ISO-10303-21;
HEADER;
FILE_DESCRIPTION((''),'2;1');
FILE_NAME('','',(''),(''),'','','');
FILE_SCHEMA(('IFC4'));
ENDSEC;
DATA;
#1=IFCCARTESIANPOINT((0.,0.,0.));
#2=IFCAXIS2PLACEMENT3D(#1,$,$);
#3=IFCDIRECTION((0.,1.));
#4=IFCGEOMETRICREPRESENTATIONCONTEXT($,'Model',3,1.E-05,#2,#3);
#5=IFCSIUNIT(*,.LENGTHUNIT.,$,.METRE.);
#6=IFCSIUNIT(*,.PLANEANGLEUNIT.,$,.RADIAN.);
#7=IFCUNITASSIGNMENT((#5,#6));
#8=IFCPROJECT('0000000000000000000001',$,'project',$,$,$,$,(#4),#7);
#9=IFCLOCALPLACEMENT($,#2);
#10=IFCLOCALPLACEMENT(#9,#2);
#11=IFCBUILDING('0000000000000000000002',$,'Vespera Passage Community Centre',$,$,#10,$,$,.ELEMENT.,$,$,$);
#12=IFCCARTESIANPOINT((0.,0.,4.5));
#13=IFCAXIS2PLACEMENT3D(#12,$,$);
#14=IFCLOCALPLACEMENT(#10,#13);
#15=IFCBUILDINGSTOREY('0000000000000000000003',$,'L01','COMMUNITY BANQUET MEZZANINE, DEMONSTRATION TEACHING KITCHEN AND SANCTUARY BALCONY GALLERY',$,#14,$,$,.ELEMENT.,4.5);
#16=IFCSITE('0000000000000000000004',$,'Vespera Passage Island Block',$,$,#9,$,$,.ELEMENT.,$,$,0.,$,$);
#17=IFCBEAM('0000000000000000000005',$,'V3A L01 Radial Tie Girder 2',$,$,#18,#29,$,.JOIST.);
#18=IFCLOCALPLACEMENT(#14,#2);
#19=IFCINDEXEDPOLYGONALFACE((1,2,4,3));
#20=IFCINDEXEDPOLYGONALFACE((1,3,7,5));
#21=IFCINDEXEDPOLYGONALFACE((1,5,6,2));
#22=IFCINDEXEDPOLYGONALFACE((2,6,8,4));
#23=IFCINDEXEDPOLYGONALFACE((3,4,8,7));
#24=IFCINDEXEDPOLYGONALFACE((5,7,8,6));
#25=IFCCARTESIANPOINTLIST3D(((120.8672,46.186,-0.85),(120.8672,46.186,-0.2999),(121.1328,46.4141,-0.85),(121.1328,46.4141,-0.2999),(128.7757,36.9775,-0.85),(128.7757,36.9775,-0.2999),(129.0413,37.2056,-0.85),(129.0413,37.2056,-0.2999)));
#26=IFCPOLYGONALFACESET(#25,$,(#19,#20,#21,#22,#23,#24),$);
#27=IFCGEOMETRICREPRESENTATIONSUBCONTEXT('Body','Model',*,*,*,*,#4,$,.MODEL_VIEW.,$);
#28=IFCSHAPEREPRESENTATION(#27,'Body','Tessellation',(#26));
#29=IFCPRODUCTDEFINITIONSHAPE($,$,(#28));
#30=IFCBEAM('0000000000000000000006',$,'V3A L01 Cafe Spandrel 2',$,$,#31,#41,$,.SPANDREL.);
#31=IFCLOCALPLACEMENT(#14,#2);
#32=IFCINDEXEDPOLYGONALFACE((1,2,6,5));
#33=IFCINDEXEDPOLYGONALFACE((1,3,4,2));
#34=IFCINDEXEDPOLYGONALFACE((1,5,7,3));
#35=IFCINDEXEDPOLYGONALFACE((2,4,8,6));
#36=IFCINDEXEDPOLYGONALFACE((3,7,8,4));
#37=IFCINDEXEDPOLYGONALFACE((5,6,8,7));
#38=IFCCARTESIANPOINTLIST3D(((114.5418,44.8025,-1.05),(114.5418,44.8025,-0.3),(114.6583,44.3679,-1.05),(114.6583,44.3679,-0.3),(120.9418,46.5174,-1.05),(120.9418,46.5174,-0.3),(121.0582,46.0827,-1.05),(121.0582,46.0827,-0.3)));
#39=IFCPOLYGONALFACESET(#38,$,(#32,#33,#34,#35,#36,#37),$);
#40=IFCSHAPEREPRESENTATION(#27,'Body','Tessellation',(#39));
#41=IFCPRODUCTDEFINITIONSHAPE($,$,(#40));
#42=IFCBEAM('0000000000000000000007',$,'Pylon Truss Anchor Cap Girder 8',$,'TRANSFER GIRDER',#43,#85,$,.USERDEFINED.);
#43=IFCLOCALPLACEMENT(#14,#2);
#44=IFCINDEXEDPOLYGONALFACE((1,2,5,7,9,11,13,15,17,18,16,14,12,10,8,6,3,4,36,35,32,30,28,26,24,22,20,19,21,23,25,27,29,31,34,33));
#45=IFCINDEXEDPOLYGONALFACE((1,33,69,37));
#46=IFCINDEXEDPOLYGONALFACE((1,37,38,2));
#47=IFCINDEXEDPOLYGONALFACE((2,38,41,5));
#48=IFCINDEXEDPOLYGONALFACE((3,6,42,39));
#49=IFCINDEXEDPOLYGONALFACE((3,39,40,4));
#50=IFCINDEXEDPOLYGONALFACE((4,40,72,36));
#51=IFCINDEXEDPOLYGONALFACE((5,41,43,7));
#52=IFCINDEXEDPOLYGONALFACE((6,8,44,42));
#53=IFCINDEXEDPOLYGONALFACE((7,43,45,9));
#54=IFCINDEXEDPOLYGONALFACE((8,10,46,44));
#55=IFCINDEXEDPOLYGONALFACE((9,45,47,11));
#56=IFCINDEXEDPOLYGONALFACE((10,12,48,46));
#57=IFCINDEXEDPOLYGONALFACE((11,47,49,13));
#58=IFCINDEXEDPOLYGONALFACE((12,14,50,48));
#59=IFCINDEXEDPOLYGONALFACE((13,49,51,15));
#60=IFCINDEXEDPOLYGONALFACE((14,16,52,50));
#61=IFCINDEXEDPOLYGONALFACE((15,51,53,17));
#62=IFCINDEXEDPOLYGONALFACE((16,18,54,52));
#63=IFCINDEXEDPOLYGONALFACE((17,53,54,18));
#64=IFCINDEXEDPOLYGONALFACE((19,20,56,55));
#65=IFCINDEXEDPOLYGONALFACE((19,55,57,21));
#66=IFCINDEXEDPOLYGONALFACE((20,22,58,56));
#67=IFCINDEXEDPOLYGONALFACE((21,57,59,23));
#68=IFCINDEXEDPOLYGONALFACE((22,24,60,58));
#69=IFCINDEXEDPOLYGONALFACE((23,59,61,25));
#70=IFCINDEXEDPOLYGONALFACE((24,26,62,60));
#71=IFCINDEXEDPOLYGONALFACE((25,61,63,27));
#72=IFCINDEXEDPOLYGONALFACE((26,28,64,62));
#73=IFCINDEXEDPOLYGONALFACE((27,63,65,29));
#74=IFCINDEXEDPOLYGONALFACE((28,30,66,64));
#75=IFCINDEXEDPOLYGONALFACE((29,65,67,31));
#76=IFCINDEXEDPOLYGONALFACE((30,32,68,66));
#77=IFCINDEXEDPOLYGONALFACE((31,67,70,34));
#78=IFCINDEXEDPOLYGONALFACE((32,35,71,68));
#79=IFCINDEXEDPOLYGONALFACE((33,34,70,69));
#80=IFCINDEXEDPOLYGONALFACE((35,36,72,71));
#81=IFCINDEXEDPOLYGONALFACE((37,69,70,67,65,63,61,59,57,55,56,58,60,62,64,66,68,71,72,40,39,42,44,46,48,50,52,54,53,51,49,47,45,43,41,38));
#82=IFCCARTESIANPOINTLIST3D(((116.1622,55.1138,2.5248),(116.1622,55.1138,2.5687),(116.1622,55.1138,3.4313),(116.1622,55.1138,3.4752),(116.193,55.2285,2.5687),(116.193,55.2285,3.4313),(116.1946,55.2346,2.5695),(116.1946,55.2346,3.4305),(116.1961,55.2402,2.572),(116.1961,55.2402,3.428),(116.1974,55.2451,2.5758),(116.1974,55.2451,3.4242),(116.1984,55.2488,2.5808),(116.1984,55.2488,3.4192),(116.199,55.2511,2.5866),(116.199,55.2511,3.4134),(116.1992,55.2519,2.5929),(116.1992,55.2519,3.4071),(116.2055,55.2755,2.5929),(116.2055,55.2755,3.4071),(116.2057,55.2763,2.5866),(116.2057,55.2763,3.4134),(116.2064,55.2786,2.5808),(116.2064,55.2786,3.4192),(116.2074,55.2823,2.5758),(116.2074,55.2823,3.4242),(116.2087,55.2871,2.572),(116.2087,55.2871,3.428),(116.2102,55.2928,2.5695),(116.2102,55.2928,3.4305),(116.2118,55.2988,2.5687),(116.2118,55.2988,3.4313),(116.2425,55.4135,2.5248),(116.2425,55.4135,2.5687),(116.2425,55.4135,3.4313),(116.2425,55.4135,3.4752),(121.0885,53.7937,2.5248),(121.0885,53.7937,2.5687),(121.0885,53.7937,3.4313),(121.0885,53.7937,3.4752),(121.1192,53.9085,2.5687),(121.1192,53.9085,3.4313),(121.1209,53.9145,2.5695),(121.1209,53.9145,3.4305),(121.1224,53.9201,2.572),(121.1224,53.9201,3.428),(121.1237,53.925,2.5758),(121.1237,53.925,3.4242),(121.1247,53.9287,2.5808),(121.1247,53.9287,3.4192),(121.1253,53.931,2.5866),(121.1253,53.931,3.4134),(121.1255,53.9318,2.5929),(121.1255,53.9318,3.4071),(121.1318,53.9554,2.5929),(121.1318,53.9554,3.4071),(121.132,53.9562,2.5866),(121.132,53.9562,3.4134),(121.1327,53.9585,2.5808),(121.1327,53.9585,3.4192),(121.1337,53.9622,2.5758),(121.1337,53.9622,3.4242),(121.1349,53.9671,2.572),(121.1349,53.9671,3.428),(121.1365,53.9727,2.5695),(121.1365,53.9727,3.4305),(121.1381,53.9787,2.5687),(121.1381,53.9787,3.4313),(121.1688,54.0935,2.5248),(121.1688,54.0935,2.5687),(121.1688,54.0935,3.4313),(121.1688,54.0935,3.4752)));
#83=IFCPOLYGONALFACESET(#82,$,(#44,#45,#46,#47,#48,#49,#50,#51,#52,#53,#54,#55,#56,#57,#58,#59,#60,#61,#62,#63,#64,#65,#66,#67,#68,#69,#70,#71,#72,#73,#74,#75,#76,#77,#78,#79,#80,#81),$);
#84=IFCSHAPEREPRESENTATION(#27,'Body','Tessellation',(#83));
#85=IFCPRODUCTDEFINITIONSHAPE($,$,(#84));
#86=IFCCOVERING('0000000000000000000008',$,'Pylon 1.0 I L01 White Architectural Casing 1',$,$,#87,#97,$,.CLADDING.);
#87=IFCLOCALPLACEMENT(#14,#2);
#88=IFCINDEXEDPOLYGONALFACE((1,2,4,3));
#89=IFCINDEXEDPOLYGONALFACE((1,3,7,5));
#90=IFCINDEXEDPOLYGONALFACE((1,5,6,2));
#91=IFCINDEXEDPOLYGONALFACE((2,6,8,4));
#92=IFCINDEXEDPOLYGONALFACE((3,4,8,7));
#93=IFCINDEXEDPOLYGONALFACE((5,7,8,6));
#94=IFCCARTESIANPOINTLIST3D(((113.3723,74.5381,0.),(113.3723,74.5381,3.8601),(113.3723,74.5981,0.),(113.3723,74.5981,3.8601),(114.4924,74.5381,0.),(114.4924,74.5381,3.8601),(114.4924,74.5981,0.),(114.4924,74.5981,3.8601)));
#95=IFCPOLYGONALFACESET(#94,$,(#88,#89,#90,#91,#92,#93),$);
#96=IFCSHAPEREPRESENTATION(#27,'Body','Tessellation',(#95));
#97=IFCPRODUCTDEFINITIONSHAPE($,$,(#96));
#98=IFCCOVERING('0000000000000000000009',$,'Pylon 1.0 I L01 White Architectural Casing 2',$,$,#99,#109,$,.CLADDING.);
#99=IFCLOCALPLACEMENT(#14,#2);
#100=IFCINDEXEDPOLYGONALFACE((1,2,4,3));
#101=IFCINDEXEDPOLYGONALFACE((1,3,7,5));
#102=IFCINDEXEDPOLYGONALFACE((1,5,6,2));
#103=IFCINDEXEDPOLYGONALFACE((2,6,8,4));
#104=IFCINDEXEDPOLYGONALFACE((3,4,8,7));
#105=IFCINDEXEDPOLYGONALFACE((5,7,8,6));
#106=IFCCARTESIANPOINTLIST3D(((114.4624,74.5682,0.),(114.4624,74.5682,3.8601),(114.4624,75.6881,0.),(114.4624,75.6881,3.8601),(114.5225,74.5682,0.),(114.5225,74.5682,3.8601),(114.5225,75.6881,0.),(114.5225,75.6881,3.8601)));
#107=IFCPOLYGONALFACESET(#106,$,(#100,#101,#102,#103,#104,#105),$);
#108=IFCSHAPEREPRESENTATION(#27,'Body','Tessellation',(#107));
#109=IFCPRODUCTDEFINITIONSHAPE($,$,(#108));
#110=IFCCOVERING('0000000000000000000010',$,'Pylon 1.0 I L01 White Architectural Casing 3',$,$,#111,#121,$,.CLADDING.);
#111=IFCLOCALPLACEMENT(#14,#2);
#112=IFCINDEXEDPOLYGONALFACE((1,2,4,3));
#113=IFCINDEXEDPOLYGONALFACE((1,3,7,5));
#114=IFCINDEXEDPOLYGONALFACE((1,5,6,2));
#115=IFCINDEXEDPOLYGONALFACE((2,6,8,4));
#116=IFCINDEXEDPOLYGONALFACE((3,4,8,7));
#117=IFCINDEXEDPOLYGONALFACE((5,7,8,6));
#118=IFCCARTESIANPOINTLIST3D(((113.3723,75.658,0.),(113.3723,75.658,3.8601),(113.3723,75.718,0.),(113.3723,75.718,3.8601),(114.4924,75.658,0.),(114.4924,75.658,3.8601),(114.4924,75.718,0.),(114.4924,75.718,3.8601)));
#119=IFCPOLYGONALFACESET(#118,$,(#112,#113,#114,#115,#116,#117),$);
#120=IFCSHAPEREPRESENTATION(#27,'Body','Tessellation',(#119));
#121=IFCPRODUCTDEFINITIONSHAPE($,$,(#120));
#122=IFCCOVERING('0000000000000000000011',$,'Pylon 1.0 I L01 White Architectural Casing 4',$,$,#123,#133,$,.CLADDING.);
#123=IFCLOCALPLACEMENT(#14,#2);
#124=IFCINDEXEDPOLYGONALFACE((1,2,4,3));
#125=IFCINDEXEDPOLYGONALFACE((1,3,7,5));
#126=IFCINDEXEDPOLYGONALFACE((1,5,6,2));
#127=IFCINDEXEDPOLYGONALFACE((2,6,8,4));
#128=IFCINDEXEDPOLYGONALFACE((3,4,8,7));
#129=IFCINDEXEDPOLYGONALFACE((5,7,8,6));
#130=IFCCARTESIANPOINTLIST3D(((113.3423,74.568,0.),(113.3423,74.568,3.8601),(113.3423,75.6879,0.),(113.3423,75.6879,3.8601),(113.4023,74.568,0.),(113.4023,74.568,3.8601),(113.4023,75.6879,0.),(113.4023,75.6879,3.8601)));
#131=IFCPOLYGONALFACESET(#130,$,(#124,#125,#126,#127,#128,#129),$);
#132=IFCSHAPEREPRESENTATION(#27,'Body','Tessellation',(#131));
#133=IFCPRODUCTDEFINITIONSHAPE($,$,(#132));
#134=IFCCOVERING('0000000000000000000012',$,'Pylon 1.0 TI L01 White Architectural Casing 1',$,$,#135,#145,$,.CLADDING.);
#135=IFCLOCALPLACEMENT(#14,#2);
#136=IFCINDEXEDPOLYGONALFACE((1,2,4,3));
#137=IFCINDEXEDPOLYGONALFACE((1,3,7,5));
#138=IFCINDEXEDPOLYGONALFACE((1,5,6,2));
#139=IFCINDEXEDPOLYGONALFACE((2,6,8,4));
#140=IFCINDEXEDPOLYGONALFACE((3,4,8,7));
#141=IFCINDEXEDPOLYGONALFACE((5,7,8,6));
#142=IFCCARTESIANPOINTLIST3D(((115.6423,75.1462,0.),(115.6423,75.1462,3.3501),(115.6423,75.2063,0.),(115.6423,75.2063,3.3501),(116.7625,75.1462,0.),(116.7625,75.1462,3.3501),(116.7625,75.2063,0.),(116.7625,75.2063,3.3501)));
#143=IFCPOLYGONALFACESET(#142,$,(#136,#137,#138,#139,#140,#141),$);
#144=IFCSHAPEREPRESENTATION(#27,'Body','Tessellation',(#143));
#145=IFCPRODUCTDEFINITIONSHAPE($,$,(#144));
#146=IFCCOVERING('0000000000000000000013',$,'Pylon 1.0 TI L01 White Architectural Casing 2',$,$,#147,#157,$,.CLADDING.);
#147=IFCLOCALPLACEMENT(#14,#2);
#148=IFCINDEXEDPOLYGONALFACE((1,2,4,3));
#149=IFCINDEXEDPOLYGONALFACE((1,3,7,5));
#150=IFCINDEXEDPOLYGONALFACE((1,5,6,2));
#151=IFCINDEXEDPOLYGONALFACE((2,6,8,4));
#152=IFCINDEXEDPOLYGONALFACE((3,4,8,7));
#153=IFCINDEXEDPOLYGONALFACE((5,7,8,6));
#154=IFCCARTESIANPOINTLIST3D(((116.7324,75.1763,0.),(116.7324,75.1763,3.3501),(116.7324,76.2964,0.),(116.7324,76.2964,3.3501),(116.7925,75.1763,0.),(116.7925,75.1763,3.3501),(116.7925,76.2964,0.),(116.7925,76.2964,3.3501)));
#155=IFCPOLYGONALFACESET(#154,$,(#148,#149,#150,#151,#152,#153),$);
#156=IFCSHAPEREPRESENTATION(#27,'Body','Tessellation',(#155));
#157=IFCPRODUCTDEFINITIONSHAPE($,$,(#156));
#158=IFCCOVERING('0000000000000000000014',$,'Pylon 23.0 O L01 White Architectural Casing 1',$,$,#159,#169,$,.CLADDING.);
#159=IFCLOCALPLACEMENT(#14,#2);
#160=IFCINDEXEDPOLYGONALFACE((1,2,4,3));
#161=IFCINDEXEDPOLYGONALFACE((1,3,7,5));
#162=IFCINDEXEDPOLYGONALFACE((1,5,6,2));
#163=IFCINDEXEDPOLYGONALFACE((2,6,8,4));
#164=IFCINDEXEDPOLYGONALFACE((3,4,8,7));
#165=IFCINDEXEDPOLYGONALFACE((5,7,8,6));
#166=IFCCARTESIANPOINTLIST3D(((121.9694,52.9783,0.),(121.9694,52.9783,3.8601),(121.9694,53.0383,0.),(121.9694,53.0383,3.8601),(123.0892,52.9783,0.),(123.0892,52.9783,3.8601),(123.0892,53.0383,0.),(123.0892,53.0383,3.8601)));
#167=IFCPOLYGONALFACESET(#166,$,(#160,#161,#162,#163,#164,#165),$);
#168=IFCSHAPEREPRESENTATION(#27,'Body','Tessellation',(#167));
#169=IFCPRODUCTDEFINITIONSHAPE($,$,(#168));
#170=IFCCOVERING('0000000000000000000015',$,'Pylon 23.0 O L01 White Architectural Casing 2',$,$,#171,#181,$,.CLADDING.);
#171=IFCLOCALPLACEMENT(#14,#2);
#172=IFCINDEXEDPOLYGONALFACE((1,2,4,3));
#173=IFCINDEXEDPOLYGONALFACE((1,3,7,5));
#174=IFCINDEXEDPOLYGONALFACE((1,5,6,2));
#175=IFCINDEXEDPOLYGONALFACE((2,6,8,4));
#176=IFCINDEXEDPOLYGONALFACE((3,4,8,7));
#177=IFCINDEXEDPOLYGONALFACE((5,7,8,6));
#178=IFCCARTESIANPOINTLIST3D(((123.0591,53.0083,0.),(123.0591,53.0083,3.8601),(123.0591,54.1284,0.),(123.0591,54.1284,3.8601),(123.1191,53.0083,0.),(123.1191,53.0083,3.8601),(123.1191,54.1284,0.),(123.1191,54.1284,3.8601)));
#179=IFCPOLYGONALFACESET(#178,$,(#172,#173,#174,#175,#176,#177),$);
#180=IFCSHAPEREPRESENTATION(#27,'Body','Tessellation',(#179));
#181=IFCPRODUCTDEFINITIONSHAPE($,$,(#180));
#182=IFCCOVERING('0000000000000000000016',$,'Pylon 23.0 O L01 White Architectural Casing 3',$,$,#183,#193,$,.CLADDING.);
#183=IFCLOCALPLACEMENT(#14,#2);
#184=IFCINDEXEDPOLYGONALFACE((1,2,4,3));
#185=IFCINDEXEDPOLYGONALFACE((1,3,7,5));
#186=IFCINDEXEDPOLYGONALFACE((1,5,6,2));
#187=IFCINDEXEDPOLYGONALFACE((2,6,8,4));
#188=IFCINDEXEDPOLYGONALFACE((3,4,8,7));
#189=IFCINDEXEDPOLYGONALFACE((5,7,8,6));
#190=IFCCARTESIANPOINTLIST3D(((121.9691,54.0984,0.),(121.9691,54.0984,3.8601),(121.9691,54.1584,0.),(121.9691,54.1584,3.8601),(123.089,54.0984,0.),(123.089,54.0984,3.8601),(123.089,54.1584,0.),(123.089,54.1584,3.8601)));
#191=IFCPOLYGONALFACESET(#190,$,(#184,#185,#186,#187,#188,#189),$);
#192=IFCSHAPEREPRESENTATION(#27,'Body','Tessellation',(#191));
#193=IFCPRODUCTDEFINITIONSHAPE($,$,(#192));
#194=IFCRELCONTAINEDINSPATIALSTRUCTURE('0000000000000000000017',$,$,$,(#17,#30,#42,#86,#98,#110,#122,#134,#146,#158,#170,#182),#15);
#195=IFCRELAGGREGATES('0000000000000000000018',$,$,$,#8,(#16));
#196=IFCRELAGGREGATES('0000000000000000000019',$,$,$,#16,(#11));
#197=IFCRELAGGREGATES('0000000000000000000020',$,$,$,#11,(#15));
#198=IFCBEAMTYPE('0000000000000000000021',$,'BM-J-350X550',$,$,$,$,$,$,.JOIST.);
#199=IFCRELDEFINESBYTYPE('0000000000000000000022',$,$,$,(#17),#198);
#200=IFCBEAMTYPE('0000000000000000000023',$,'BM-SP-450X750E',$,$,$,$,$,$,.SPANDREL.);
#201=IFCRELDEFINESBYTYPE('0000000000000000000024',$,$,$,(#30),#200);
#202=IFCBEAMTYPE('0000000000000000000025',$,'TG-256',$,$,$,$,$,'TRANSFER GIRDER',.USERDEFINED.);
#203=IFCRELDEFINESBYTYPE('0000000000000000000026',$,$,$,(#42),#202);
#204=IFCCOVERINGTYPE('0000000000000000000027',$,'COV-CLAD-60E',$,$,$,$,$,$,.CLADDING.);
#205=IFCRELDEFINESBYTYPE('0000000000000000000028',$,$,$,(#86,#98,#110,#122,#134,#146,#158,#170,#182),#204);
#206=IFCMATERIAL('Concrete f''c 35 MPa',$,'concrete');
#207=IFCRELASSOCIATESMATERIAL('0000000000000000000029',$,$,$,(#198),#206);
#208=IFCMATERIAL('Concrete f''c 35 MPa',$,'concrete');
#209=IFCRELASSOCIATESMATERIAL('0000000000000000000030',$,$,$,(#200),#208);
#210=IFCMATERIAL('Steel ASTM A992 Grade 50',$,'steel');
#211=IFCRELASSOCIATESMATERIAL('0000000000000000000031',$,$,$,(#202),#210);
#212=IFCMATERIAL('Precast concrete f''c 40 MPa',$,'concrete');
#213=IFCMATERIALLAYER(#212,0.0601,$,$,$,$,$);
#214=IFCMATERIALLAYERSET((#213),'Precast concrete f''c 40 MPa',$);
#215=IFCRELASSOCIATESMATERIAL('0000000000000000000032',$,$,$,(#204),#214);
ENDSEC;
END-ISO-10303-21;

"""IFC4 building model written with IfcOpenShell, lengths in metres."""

from ifc_helpers import new_model, si_unit, direction, frame, frame_2d, origin, origin_2d, place, context, subcontext, project, spatial, rectangle, i_section, extrude, material, layer, layer_set, material_profile, profile_set, type_object, element, save


model = new_model("IFC4")

# Units and contexts
model_context = context("Model", 3, precision=1e-05, world=origin(), true_north=direction((0.0, 1.0)))
body_context = subcontext(model_context, "Body", "Model", "MODEL_VIEW")
ifc_project = project(units=[si_unit("LENGTHUNIT", "METRE"), si_unit("PLANEANGLEUNIT", "RADIAN")], contexts=[model_context])

# Site, building, storey
site_placement = place(None, origin())
site = spatial("IfcSite", under=ifc_project, at=site_placement, Name="Vespera Passage Island Block", CompositionType="ELEMENT", RefElevation=0.0)
building_placement = place(site_placement, origin())
building = spatial("IfcBuilding", under=site, at=building_placement, Name="Vespera Passage Community Centre", CompositionType="ELEMENT")
storey_placement = place(building_placement, frame((0.0, 0.0, 4.5)))
storey = spatial("IfcBuildingStorey", under=building, at=storey_placement, Name="L01", Description="COMMUNITY BANQUET MEZZANINE, DEMONSTRATION TEACHING KITCHEN AND SANCTUARY BALCONY GALLERY", CompositionType="ELEMENT", Elevation=4.5)

# Beams
ifc_material_1 = material(Name="Concrete f'c 35 MPa", Category="concrete")
ifc_material_profile_1 = material_profile(ifc_material_1, rectangle(XDim=0.3501, YDim=0.55, at=origin_2d()), Name="RC350X550")
ifc_profile_set_1 = profile_set([ifc_material_profile_1], Name="Concrete f'c 35 MPa")
beam_type_1 = type_object("IfcBeamType", Name="BM-J-350X550", PredefinedType="JOIST", material=ifc_profile_set_1)
beam_1_placement = place(storey_placement, frame((121.0, 46.3, -0.575), z_axis=(0.651525, -0.758627, 0.0), x_axis=(0.758627, 0.651525, 0.0)))
element("IfcBeam", 1, at=beam_1_placement, inside=storey, type_object=beam_type_1, Name="V3A L01 Radial Tie Girder 2", PredefinedType="JOIST", context=body_context, shape_type="SweptSolid", body=[
    extrude(rectangle(XDim=0.3501, YDim=0.55, at=origin_2d()), origin(), (0.0, 0.0, 1.0), 12.1384),
])
ifc_material_2 = material(Name="Concrete f'c 35 MPa", Category="concrete")
ifc_material_profile_2 = material_profile(ifc_material_2, rectangle(XDim=0.45, YDim=0.75, at=origin_2d()), Name="RC450X750")
ifc_profile_set_2 = profile_set([ifc_material_profile_2], Name="Concrete f'c 35 MPa")
beam_type_2 = type_object("IfcBeamType", Name="BM-SP-450X750E", PredefinedType="SPANDREL", material=ifc_profile_set_2)
beam_2_placement = place(storey_placement, frame((121.0, 46.3, -0.675), z_axis=(-0.965926, -0.258818, 0.0), x_axis=(0.258818, -0.965926, 0.0)))
element("IfcBeam", 2, at=beam_2_placement, inside=storey, type_object=beam_type_2, Name="V3A L01 Cafe Spandrel 2", PredefinedType="SPANDREL", context=body_context, shape_type="SweptSolid", body=[
    extrude(rectangle(XDim=0.45, YDim=0.75, at=origin_2d()), origin(), (0.0, 0.0, 1.0), 6.6257),
])
ifc_material_3 = material(Name="Steel ASTM A992 Grade 50", Category="steel")
ifc_material_profile_3 = material_profile(ifc_material_3, i_section(OverallWidth=0.3103, OverallDepth=0.9504, WebThickness=0.0244, FlangeThickness=0.0439, FilletRadius=0.0242, at=origin_2d()), Name="W36X256")
ifc_profile_set_3 = profile_set([ifc_material_profile_3], Name="Steel ASTM A992 Grade 50")
beam_type_3 = type_object("IfcBeamType", Name="TG-256", ElementType="TRANSFER GIRDER", PredefinedType="USERDEFINED", material=ifc_profile_set_3)
beam_3_placement = place(storey_placement, frame((121.1287, 53.9436, 3.0), z_axis=(-0.965922, 0.258833, 0.0), x_axis=(-0.258833, -0.965922, 0.0)))
element("IfcBeam", 3, at=beam_3_placement, inside=storey, type_object=beam_type_3, Name="Pylon Truss Anchor Cap Girder 8", ObjectType="TRANSFER GIRDER", PredefinedType="USERDEFINED", context=body_context, shape_type="SweptSolid", body=[
    extrude(i_section(OverallWidth=0.3103, OverallDepth=0.9504, WebThickness=0.0244, FlangeThickness=0.0439, FilletRadius=0.0242, at=origin_2d()), origin(), (0.0, 0.0, 1.0), 5.1001),
])

# Coverings
ifc_material_4 = material(Name="Precast concrete f'c 40 MPa", Category="concrete")
ifc_layer = layer(ifc_material_4, 0.0601)
ifc_layer_set = layer_set([ifc_layer], Name="Precast concrete f'c 40 MPa")
covering_type = type_object("IfcCoveringType", Name="COV-CLAD-60E", PredefinedType="CLADDING", material=ifc_layer_set)
covering_1_placement = place(storey_placement, frame((113.3723, 74.5681, 0.0), z_axis=(0.0, 0.0, 1.0), x_axis=(1.0, 0.0, 0.0)))
element("IfcCovering", 4, at=covering_1_placement, inside=storey, type_object=covering_type, Name="Pylon 1.0 I L01 White Architectural Casing 1", PredefinedType="CLADDING", context=body_context, shape_type="SweptSolid", body=[
    extrude(rectangle(XDim=1.1201, YDim=0.0601, at=frame_2d((0.5601, 0.0))), origin(), (0.0, 0.0, 1.0), 3.8601),
])
covering_2_placement = place(storey_placement, frame((114.4924, 74.5681, 0.0), z_axis=(0.0, 0.0, 1.0), x_axis=(0.0, 1.0, 0.0)))
element("IfcCovering", 5, at=covering_2_placement, inside=storey, type_object=covering_type, Name="Pylon 1.0 I L01 White Architectural Casing 2", PredefinedType="CLADDING", context=body_context, shape_type="SweptSolid", body=[
    extrude(rectangle(XDim=1.1199, YDim=0.0601, at=frame_2d((0.5601, 0.0))), origin(), (0.0, 0.0, 1.0), 3.8601),
])
covering_3_placement = place(storey_placement, frame((114.4924, 75.688, 0.0), z_axis=(0.0, 0.0, 1.0), x_axis=(-1.0, 0.0, 0.0)))
element("IfcCovering", 6, at=covering_3_placement, inside=storey, type_object=covering_type, Name="Pylon 1.0 I L01 White Architectural Casing 3", PredefinedType="CLADDING", context=body_context, shape_type="SweptSolid", body=[
    extrude(rectangle(XDim=1.1201, YDim=0.0601, at=frame_2d((0.5601, 0.0))), origin(), (0.0, 0.0, 1.0), 3.8601),
])
covering_4_placement = place(storey_placement, frame((113.3723, 75.688, 0.0), z_axis=(0.0, 0.0, 1.0), x_axis=(0.0, -1.0, 0.0)))
element("IfcCovering", 7, at=covering_4_placement, inside=storey, type_object=covering_type, Name="Pylon 1.0 I L01 White Architectural Casing 4", PredefinedType="CLADDING", context=body_context, shape_type="SweptSolid", body=[
    extrude(rectangle(XDim=1.1199, YDim=0.0601, at=frame_2d((0.5601, 0.0))), origin(), (0.0, 0.0, 1.0), 3.8601),
])
for number, where, z_axis, x_axis, name in (
    (8, (115.6423, 75.1763, 0.0), (0.0, 0.0, 1.0), (1.0, 0.0, 0.0), "Pylon 1.0 TI L01 White Architectural Casing 1"),
    (9, (116.7625, 75.1763, 0.0), (0.0, 0.0, 1.0), (0.0, 1.0, 0.0), "Pylon 1.0 TI L01 White Architectural Casing 2"),
):
    element("IfcCovering", number, at=place(storey_placement, frame(where, z_axis=z_axis, x_axis=x_axis)), inside=storey, type_object=covering_type, Name=name, PredefinedType="CLADDING", context=body_context, shape_type="SweptSolid", body=[
        extrude(rectangle(XDim=1.1201, YDim=0.0601, at=frame_2d((0.5601, 0.0))), origin(), (0.0, 0.0, 1.0), 3.3501),
    ])
covering_5_placement = place(storey_placement, frame((121.9692, 53.0083, 0.0), z_axis=(0.0, 0.0, 1.0), x_axis=(1.0, 0.0, 0.0)))
element("IfcCovering", 10, at=covering_5_placement, inside=storey, type_object=covering_type, Name="Pylon 23.0 O L01 White Architectural Casing 1", PredefinedType="CLADDING", context=body_context, shape_type="SweptSolid", body=[
    extrude(rectangle(XDim=1.1199, YDim=0.0601, at=frame_2d((0.5601, 0.0))), origin(), (0.0, 0.0, 1.0), 3.8601),
])
covering_6_placement = place(storey_placement, frame((123.0891, 53.0083, 0.0), z_axis=(0.0, 0.0, 1.0), x_axis=(0.0, 1.0, 0.0)))
element("IfcCovering", 11, at=covering_6_placement, inside=storey, type_object=covering_type, Name="Pylon 23.0 O L01 White Architectural Casing 2", PredefinedType="CLADDING", context=body_context, shape_type="SweptSolid", body=[
    extrude(rectangle(XDim=1.1201, YDim=0.0601, at=frame_2d((0.5601, 0.0))), origin(), (0.0, 0.0, 1.0), 3.8601),
])
covering_7_placement = place(storey_placement, frame((123.0891, 54.1284, 0.0), z_axis=(0.0, 0.0, 1.0), x_axis=(-1.0, 0.0, 0.0)))
element("IfcCovering", 12, at=covering_7_placement, inside=storey, type_object=covering_type, Name="Pylon 23.0 O L01 White Architectural Casing 3", PredefinedType="CLADDING", context=body_context, shape_type="SweptSolid", body=[
    extrude(rectangle(XDim=1.1199, YDim=0.0601, at=frame_2d((0.5601, 0.0))), origin(), (0.0, 0.0, 1.0), 3.8601),
])

save(model, "model.ifc")
